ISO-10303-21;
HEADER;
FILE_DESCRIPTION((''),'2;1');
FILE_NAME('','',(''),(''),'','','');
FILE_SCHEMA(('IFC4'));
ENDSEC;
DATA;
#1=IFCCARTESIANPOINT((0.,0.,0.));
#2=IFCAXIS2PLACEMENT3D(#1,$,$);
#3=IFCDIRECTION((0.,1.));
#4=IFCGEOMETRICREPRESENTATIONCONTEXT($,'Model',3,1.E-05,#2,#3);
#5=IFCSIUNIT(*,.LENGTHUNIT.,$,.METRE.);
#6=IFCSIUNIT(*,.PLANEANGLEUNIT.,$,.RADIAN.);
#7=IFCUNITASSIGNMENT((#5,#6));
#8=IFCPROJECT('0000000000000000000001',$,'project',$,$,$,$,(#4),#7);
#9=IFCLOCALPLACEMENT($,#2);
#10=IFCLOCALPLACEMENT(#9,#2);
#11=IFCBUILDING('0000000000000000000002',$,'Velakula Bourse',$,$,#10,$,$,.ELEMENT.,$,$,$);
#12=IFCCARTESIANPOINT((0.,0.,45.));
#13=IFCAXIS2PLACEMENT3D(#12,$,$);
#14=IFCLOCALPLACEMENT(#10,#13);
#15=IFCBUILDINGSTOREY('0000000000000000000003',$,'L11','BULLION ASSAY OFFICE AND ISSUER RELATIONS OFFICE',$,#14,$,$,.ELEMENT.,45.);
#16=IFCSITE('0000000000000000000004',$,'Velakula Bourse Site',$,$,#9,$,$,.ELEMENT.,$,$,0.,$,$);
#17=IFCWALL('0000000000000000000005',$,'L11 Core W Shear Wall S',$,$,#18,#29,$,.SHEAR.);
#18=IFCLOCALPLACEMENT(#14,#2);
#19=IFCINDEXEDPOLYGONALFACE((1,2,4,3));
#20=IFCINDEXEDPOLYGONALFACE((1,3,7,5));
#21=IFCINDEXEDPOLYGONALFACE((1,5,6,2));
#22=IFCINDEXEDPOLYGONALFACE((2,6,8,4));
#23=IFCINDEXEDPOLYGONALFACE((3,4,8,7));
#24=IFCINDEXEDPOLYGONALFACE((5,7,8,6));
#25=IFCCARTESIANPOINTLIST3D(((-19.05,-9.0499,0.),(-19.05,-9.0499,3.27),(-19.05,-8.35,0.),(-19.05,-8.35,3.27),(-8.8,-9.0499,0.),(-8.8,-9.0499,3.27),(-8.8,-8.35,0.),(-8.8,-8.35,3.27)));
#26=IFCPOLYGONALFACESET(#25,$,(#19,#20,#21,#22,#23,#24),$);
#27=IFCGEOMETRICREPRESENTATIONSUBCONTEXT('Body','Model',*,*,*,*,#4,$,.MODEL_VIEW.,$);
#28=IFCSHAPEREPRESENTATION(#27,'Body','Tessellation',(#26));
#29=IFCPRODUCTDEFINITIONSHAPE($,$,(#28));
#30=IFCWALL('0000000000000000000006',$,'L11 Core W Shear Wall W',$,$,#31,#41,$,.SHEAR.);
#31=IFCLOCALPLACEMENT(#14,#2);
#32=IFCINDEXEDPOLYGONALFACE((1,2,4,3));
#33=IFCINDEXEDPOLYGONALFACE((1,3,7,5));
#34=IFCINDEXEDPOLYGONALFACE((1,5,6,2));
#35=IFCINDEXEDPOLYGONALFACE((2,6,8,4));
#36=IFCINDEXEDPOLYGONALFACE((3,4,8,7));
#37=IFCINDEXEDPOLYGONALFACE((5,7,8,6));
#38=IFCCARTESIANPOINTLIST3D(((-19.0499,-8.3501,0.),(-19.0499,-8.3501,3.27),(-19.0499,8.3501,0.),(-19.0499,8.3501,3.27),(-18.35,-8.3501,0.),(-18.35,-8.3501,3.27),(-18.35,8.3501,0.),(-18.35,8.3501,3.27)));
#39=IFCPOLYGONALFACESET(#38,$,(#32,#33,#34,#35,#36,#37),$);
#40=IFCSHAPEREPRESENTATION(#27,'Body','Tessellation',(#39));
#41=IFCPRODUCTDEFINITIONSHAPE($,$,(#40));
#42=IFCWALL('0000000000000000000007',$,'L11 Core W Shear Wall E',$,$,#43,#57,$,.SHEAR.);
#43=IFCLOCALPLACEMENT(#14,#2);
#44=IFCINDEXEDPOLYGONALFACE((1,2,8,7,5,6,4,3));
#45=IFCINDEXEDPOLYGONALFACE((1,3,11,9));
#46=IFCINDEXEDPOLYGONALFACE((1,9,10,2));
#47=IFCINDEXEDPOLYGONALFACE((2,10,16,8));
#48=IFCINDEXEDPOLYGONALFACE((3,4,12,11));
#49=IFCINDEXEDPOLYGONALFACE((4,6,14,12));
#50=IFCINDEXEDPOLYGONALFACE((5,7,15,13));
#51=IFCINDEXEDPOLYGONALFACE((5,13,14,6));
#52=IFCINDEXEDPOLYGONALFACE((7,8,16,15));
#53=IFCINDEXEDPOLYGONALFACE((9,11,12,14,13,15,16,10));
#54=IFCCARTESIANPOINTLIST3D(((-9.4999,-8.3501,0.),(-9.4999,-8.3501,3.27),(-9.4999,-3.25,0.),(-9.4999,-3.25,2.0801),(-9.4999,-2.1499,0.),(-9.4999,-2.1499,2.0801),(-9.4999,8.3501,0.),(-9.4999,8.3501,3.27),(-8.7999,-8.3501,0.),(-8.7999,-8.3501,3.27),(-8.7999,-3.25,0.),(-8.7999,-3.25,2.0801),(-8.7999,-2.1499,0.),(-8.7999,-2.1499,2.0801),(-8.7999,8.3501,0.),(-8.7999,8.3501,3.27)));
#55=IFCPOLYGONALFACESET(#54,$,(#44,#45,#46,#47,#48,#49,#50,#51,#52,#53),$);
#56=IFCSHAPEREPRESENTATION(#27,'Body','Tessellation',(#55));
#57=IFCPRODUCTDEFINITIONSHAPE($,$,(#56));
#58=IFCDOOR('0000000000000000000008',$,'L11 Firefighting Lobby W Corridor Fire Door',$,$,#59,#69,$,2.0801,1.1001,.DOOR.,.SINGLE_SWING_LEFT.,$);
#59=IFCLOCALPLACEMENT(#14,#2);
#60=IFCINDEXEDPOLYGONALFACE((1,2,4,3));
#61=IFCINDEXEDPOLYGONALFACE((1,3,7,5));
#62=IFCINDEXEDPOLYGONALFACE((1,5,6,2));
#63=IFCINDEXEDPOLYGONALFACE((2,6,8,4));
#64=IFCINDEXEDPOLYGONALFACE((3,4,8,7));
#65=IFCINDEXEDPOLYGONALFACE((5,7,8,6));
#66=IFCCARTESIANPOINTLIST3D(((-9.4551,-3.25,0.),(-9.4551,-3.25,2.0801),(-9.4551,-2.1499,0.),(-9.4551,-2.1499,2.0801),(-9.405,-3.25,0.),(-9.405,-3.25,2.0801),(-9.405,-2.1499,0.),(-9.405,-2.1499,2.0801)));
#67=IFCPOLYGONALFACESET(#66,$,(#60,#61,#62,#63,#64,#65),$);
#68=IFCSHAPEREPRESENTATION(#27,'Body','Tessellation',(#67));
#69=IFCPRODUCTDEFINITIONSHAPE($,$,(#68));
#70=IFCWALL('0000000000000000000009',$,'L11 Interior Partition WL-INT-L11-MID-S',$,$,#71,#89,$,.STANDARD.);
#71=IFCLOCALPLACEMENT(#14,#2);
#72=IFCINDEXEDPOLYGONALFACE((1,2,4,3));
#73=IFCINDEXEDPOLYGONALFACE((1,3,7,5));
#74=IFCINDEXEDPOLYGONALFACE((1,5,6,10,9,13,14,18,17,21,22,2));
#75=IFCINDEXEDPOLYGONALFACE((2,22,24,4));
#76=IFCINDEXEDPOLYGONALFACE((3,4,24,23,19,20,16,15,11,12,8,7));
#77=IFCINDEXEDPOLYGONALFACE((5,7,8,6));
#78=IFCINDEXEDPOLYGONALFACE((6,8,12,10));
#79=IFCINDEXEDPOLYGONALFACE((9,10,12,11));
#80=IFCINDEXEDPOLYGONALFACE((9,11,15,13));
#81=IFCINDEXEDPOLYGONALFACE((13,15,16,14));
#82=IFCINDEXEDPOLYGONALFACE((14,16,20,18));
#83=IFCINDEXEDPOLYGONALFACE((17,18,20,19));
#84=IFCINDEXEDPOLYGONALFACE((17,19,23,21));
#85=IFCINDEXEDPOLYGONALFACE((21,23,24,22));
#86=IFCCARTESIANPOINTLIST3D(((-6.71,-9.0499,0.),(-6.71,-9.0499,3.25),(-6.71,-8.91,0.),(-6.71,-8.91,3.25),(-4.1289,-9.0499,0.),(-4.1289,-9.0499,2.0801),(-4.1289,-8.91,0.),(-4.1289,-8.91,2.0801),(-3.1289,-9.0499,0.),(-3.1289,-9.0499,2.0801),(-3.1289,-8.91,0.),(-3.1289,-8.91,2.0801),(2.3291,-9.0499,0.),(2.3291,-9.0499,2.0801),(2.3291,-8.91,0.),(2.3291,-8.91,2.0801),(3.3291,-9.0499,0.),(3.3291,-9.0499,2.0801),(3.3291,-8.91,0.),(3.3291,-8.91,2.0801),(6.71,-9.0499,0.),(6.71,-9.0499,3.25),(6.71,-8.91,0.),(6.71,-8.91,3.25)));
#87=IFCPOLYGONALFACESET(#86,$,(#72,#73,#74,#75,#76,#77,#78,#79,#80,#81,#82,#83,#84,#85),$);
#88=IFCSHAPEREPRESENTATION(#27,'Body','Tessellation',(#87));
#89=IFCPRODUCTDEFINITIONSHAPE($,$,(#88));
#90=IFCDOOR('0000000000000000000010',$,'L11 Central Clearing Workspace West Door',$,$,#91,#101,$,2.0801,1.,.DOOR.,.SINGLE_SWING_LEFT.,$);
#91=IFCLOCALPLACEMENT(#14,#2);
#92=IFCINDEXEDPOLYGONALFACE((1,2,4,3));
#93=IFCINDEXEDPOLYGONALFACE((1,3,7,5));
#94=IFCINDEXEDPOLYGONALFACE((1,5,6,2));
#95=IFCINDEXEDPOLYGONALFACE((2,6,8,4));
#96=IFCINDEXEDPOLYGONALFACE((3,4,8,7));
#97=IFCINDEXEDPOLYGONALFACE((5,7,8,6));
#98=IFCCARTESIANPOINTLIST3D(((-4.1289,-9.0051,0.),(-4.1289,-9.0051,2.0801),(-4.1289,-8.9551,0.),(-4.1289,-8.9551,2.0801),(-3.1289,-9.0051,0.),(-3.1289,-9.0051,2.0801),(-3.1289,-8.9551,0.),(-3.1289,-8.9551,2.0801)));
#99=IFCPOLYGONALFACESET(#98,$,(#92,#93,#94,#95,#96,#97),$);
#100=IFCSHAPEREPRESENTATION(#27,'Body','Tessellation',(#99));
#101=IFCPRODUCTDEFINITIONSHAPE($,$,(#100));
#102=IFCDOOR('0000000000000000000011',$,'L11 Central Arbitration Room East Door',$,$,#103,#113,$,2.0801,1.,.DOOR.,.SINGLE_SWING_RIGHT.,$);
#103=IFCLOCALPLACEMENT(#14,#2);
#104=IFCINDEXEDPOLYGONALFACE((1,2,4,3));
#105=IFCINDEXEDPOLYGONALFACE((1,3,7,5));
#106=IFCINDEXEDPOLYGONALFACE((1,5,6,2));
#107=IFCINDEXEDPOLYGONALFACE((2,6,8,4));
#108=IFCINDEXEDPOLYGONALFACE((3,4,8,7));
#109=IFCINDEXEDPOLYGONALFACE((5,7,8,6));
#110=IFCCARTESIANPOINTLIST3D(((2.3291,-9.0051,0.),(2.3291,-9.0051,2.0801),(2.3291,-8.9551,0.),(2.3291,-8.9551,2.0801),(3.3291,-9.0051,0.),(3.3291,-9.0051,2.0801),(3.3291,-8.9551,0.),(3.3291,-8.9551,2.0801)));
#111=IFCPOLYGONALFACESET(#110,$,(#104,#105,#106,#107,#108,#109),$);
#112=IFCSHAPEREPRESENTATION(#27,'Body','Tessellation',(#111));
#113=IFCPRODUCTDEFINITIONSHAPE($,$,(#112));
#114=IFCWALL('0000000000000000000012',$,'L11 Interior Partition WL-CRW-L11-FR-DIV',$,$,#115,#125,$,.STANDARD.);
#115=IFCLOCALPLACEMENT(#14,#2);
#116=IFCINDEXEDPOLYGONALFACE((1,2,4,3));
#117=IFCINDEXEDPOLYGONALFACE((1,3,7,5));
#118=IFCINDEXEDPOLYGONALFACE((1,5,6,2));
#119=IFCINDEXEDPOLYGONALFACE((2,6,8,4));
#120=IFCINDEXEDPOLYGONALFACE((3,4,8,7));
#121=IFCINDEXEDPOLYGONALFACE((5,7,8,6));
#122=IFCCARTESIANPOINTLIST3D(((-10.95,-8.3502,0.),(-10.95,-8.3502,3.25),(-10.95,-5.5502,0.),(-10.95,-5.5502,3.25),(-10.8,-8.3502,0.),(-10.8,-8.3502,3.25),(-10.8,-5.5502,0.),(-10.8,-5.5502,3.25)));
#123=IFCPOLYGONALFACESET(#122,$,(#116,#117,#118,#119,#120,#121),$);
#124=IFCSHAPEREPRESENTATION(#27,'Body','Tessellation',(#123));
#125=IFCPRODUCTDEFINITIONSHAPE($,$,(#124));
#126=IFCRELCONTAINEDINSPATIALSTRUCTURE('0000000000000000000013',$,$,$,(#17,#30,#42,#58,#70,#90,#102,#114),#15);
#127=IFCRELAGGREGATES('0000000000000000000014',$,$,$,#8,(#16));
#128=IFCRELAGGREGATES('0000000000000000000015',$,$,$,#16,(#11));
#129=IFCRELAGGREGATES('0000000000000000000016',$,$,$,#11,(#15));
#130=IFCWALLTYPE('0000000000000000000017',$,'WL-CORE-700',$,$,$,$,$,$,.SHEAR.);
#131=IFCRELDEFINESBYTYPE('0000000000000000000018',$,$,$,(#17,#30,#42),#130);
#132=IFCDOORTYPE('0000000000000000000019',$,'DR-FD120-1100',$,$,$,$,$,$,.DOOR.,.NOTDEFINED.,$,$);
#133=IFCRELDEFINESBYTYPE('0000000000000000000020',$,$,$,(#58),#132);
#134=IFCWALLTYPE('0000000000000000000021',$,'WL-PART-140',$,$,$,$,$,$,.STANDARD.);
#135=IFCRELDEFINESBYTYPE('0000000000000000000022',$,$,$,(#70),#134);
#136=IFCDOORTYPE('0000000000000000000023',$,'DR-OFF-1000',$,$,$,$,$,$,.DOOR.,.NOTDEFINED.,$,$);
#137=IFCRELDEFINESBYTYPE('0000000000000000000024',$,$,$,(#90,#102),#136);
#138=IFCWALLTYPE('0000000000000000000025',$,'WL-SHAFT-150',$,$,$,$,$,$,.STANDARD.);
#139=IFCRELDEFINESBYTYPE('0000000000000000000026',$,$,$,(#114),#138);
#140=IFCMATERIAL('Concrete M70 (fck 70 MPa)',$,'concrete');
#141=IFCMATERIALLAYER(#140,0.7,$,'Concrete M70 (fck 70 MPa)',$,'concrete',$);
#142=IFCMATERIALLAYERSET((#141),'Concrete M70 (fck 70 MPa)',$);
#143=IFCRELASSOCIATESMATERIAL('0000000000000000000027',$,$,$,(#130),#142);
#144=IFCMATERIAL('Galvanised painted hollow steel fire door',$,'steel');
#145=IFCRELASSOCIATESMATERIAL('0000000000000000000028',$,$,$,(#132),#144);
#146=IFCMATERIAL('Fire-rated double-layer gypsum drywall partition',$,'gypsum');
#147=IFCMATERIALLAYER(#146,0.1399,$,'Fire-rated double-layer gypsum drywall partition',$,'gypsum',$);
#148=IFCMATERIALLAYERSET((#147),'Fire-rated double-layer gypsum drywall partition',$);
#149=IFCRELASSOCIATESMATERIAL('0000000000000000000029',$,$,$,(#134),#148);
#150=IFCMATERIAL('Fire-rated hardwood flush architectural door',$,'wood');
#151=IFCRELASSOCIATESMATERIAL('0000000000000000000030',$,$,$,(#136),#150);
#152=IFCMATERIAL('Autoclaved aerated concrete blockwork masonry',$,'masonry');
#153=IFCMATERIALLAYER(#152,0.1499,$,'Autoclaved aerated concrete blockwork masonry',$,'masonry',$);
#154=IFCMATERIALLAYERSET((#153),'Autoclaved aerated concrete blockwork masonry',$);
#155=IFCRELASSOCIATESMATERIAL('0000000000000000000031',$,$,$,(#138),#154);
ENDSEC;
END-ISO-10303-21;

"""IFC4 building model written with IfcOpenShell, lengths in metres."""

from ifc_helpers import new_model, si_unit, direction, frame, frame_2d, origin, place, context, subcontext, project, spatial, rectangle, extrude, material, layer, layer_set, type_object, element, fill, save


model = new_model("IFC4")

# Units and contexts
model_context = context("Model", 3, precision=1e-05, world=origin(), true_north=direction((0.0, 1.0)))
body_context = subcontext(model_context, "Body", "Model", "MODEL_VIEW")
ifc_project = project(units=[si_unit("LENGTHUNIT", "METRE"), si_unit("PLANEANGLEUNIT", "RADIAN")], contexts=[model_context])

# Site, building, storey
site_placement = place(None, origin())
site = spatial("IfcSite", under=ifc_project, at=site_placement, Name="Velakula Bourse Site", CompositionType="ELEMENT", RefElevation=0.0)
building_placement = place(site_placement, origin())
building = spatial("IfcBuilding", under=site, at=building_placement, Name="Velakula Bourse", CompositionType="ELEMENT")
storey_placement = place(building_placement, frame((0.0, 0.0, 45.0)))
storey = spatial("IfcBuildingStorey", under=building, at=storey_placement, Name="L11", Description="BULLION ASSAY OFFICE AND ISSUER RELATIONS OFFICE", CompositionType="ELEMENT", Elevation=45.0)

# Shared definitions
ifc_material_1 = material(Name="Concrete M70 (fck 70 MPa)", Category="concrete")

# Shared definitions
ifc_material_2 = material(Name="Galvanised painted hollow steel fire door", Category="steel")

# Walls
ifc_layer_1 = layer(ifc_material_1, 0.7, Name="Concrete M70 (fck 70 MPa)", Category="concrete")
ifc_layer_set_1 = layer_set([ifc_layer_1], Name="Concrete M70 (fck 70 MPa)")
wall_type_1 = type_object("IfcWallType", Name="WL-CORE-700", PredefinedType="SHEAR", material=ifc_layer_set_1)
wall_1_placement = place(storey_placement, frame((-19.05, -8.7, 0.0), z_axis=(0.0, 0.0, 1.0), x_axis=(1.0, 0.0, 0.0)))
element("IfcWall", 1, at=wall_1_placement, inside=storey, type_object=wall_type_1, Name="L11 Core W Shear Wall S", PredefinedType="SHEAR", context=body_context, shape_type="SweptSolid", body=[
    extrude(rectangle(XDim=10.25, YDim=0.7, at=frame_2d((5.125, 0.0))), origin(), (0.0, 0.0, 1.0), 3.27),
])
wall_2_placement = place(storey_placement, frame((-18.7, -8.3501, 0.0), z_axis=(0.0, 0.0, 1.0), x_axis=(0.0, 1.0, 0.0)))
element("IfcWall", 2, at=wall_2_placement, inside=storey, type_object=wall_type_1, Name="L11 Core W Shear Wall W", PredefinedType="SHEAR", context=body_context, shape_type="SweptSolid", body=[
    extrude(rectangle(XDim=16.7002, YDim=0.7, at=frame_2d((8.3501, 0.0))), origin(), (0.0, 0.0, 1.0), 3.27),
])

# Wall, opening, door
wall_3_placement = place(storey_placement, frame((-9.1499, -8.3501, 0.0), z_axis=(0.0, 0.0, 1.0), x_axis=(0.0, 1.0, 0.0)))
wall_3 = element("IfcWall", 3, at=wall_3_placement, inside=storey, type_object=wall_type_1, Name="L11 Core W Shear Wall E", PredefinedType="SHEAR", context=body_context, shape_type="SweptSolid", body=[
    extrude(rectangle(XDim=16.7002, YDim=0.7, at=frame_2d((8.3501, 0.0))), origin(), (0.0, 0.0, 1.0), 3.27),
])
opening_1_placement = place(wall_3_placement, frame((5.1001, 0.0, 0.0)))
opening_1 = element("IfcOpeningElement", 4, at=opening_1_placement, cuts=wall_3, PredefinedType="OPENING", context=body_context, shape_type="SweptSolid", body=[
    extrude(rectangle(XDim=1.1001, YDim=2.0801, at=frame_2d((0.55, 1.04))), frame((0.0, 0.3599, 0.0), z_axis=(0.0, -1.0, 0.0), x_axis=(1.0, 0.0, 0.0)), (0.0, 0.0, 1.0), 0.72),
])
door_type_1 = type_object("IfcDoorType", Name="DR-FD120-1100", OperationType="NOTDEFINED", PredefinedType="DOOR", material=ifc_material_2)
door_1_placement = place(opening_1_placement, origin())
door_1 = element("IfcDoor", 5, at=door_1_placement, inside=storey, type_object=door_type_1, Name="L11 Firefighting Lobby W Corridor Fire Door", OperationType="SINGLE_SWING_LEFT", OverallHeight=2.0801, OverallWidth=1.1001, PredefinedType="DOOR", context=body_context, shape_type="SweptSolid", body=[
    extrude(rectangle(XDim=1.1001, YDim=2.0801, at=frame_2d((0.55, 1.04))), frame((0.0, 0.3052, 0.0), z_axis=(0.0, -1.0, 0.0), x_axis=(1.0, 0.0, 0.0)), (0.0, 0.0, 1.0), 0.05),
])
fill(opening_1, door_1)

# Wall, openings, doors
ifc_material_3 = material(Name="Fire-rated double-layer gypsum drywall partition", Category="gypsum")
ifc_layer_2 = layer(ifc_material_3, 0.1399, Name="Fire-rated double-layer gypsum drywall partition", Category="gypsum")
ifc_layer_set_2 = layer_set([ifc_layer_2], Name="Fire-rated double-layer gypsum drywall partition")
wall_type_2 = type_object("IfcWallType", Name="WL-PART-140", PredefinedType="STANDARD", material=ifc_layer_set_2)
wall_4_placement = place(storey_placement, frame((-6.71, -8.98, 0.0), z_axis=(0.0, 0.0, 1.0), x_axis=(1.0, 0.0, 0.0)))
wall_4 = element("IfcWall", 6, at=wall_4_placement, inside=storey, type_object=wall_type_2, Name="L11 Interior Partition WL-INT-L11-MID-S", PredefinedType="STANDARD", context=body_context, shape_type="SweptSolid", body=[
    extrude(rectangle(XDim=13.4199, YDim=0.1399, at=frame_2d((6.71, 0.0))), origin(), (0.0, 0.0, 1.0), 3.25),
])
opening_2_placement = place(wall_4_placement, frame((2.5811, 0.0, 0.0)))
opening_2 = element("IfcOpeningElement", 7, at=opening_2_placement, cuts=wall_4, PredefinedType="OPENING", context=body_context, shape_type="SweptSolid", body=[
    extrude(rectangle(XDim=1.0, YDim=2.0801, at=frame_2d((0.5, 1.04))), frame((0.0, 0.0798, 0.0), z_axis=(0.0, -1.0, 0.0), x_axis=(1.0, 0.0, 0.0)), (0.0, 0.0, 1.0), 0.1599),
])
opening_3_placement = place(wall_4_placement, frame((9.0391, 0.0, 0.0)))
opening_3 = element("IfcOpeningElement", 8, at=opening_3_placement, cuts=wall_4, PredefinedType="OPENING", context=body_context, shape_type="SweptSolid", body=[
    extrude(rectangle(XDim=1.0, YDim=2.0801, at=frame_2d((0.5, 1.04))), frame((0.0, 0.0798, 0.0), z_axis=(0.0, -1.0, 0.0), x_axis=(1.0, 0.0, 0.0)), (0.0, 0.0, 1.0), 0.1599),
])
ifc_material_4 = material(Name="Fire-rated hardwood flush architectural door", Category="wood")
door_type_2 = type_object("IfcDoorType", Name="DR-OFF-1000", OperationType="NOTDEFINED", PredefinedType="DOOR", material=ifc_material_4)
door_2_placement = place(opening_2_placement, origin())
door_2 = element("IfcDoor", 9, at=door_2_placement, inside=storey, type_object=door_type_2, Name="L11 Central Clearing Workspace West Door", OperationType="SINGLE_SWING_LEFT", OverallHeight=2.0801, OverallWidth=1.0, PredefinedType="DOOR", context=body_context, shape_type="SweptSolid", body=[
    extrude(rectangle(XDim=1.0, YDim=2.0801, at=frame_2d((0.5, 1.04))), frame((0.0, 0.0249, 0.0), z_axis=(0.0, -1.0, 0.0), x_axis=(1.0, 0.0, 0.0)), (0.0, 0.0, 1.0), 0.05),
])
fill(opening_2, door_2)
door_3_placement = place(opening_3_placement, origin())
door_3 = element("IfcDoor", 10, at=door_3_placement, inside=storey, type_object=door_type_2, Name="L11 Central Arbitration Room East Door", OperationType="SINGLE_SWING_RIGHT", OverallHeight=2.0801, OverallWidth=1.0, PredefinedType="DOOR", context=body_context, shape_type="SweptSolid", body=[
    extrude(rectangle(XDim=1.0, YDim=2.0801, at=frame_2d((0.5, 1.04))), frame((0.0, 0.0249, 0.0), z_axis=(0.0, -1.0, 0.0), x_axis=(1.0, 0.0, 0.0)), (0.0, 0.0, 1.0), 0.05),
])
fill(opening_3, door_3)
ifc_material_5 = material(Name="Autoclaved aerated concrete blockwork masonry", Category="masonry")
ifc_layer_3 = layer(ifc_material_5, 0.1499, Name="Autoclaved aerated concrete blockwork masonry", Category="masonry")
ifc_layer_set_3 = layer_set([ifc_layer_3], Name="Autoclaved aerated concrete blockwork masonry")
wall_type_3 = type_object("IfcWallType", Name="WL-SHAFT-150", PredefinedType="STANDARD", material=ifc_layer_set_3)

# Wall
wall_5_placement = place(storey_placement, frame((-10.875, -8.3501, 0.0), z_axis=(0.0, 0.0, 1.0), x_axis=(0.0, 1.0, 0.0)))
element("IfcWall", 11, at=wall_5_placement, inside=storey, type_object=wall_type_3, Name="L11 Interior Partition WL-CRW-L11-FR-DIV", PredefinedType="STANDARD", context=body_context, shape_type="SweptSolid", body=[
    extrude(rectangle(XDim=2.8, YDim=0.1499, at=frame_2d((1.3999, 0.0))), origin(), (0.0, 0.0, 1.0), 3.25),
])

save(model, "model.ifc")
